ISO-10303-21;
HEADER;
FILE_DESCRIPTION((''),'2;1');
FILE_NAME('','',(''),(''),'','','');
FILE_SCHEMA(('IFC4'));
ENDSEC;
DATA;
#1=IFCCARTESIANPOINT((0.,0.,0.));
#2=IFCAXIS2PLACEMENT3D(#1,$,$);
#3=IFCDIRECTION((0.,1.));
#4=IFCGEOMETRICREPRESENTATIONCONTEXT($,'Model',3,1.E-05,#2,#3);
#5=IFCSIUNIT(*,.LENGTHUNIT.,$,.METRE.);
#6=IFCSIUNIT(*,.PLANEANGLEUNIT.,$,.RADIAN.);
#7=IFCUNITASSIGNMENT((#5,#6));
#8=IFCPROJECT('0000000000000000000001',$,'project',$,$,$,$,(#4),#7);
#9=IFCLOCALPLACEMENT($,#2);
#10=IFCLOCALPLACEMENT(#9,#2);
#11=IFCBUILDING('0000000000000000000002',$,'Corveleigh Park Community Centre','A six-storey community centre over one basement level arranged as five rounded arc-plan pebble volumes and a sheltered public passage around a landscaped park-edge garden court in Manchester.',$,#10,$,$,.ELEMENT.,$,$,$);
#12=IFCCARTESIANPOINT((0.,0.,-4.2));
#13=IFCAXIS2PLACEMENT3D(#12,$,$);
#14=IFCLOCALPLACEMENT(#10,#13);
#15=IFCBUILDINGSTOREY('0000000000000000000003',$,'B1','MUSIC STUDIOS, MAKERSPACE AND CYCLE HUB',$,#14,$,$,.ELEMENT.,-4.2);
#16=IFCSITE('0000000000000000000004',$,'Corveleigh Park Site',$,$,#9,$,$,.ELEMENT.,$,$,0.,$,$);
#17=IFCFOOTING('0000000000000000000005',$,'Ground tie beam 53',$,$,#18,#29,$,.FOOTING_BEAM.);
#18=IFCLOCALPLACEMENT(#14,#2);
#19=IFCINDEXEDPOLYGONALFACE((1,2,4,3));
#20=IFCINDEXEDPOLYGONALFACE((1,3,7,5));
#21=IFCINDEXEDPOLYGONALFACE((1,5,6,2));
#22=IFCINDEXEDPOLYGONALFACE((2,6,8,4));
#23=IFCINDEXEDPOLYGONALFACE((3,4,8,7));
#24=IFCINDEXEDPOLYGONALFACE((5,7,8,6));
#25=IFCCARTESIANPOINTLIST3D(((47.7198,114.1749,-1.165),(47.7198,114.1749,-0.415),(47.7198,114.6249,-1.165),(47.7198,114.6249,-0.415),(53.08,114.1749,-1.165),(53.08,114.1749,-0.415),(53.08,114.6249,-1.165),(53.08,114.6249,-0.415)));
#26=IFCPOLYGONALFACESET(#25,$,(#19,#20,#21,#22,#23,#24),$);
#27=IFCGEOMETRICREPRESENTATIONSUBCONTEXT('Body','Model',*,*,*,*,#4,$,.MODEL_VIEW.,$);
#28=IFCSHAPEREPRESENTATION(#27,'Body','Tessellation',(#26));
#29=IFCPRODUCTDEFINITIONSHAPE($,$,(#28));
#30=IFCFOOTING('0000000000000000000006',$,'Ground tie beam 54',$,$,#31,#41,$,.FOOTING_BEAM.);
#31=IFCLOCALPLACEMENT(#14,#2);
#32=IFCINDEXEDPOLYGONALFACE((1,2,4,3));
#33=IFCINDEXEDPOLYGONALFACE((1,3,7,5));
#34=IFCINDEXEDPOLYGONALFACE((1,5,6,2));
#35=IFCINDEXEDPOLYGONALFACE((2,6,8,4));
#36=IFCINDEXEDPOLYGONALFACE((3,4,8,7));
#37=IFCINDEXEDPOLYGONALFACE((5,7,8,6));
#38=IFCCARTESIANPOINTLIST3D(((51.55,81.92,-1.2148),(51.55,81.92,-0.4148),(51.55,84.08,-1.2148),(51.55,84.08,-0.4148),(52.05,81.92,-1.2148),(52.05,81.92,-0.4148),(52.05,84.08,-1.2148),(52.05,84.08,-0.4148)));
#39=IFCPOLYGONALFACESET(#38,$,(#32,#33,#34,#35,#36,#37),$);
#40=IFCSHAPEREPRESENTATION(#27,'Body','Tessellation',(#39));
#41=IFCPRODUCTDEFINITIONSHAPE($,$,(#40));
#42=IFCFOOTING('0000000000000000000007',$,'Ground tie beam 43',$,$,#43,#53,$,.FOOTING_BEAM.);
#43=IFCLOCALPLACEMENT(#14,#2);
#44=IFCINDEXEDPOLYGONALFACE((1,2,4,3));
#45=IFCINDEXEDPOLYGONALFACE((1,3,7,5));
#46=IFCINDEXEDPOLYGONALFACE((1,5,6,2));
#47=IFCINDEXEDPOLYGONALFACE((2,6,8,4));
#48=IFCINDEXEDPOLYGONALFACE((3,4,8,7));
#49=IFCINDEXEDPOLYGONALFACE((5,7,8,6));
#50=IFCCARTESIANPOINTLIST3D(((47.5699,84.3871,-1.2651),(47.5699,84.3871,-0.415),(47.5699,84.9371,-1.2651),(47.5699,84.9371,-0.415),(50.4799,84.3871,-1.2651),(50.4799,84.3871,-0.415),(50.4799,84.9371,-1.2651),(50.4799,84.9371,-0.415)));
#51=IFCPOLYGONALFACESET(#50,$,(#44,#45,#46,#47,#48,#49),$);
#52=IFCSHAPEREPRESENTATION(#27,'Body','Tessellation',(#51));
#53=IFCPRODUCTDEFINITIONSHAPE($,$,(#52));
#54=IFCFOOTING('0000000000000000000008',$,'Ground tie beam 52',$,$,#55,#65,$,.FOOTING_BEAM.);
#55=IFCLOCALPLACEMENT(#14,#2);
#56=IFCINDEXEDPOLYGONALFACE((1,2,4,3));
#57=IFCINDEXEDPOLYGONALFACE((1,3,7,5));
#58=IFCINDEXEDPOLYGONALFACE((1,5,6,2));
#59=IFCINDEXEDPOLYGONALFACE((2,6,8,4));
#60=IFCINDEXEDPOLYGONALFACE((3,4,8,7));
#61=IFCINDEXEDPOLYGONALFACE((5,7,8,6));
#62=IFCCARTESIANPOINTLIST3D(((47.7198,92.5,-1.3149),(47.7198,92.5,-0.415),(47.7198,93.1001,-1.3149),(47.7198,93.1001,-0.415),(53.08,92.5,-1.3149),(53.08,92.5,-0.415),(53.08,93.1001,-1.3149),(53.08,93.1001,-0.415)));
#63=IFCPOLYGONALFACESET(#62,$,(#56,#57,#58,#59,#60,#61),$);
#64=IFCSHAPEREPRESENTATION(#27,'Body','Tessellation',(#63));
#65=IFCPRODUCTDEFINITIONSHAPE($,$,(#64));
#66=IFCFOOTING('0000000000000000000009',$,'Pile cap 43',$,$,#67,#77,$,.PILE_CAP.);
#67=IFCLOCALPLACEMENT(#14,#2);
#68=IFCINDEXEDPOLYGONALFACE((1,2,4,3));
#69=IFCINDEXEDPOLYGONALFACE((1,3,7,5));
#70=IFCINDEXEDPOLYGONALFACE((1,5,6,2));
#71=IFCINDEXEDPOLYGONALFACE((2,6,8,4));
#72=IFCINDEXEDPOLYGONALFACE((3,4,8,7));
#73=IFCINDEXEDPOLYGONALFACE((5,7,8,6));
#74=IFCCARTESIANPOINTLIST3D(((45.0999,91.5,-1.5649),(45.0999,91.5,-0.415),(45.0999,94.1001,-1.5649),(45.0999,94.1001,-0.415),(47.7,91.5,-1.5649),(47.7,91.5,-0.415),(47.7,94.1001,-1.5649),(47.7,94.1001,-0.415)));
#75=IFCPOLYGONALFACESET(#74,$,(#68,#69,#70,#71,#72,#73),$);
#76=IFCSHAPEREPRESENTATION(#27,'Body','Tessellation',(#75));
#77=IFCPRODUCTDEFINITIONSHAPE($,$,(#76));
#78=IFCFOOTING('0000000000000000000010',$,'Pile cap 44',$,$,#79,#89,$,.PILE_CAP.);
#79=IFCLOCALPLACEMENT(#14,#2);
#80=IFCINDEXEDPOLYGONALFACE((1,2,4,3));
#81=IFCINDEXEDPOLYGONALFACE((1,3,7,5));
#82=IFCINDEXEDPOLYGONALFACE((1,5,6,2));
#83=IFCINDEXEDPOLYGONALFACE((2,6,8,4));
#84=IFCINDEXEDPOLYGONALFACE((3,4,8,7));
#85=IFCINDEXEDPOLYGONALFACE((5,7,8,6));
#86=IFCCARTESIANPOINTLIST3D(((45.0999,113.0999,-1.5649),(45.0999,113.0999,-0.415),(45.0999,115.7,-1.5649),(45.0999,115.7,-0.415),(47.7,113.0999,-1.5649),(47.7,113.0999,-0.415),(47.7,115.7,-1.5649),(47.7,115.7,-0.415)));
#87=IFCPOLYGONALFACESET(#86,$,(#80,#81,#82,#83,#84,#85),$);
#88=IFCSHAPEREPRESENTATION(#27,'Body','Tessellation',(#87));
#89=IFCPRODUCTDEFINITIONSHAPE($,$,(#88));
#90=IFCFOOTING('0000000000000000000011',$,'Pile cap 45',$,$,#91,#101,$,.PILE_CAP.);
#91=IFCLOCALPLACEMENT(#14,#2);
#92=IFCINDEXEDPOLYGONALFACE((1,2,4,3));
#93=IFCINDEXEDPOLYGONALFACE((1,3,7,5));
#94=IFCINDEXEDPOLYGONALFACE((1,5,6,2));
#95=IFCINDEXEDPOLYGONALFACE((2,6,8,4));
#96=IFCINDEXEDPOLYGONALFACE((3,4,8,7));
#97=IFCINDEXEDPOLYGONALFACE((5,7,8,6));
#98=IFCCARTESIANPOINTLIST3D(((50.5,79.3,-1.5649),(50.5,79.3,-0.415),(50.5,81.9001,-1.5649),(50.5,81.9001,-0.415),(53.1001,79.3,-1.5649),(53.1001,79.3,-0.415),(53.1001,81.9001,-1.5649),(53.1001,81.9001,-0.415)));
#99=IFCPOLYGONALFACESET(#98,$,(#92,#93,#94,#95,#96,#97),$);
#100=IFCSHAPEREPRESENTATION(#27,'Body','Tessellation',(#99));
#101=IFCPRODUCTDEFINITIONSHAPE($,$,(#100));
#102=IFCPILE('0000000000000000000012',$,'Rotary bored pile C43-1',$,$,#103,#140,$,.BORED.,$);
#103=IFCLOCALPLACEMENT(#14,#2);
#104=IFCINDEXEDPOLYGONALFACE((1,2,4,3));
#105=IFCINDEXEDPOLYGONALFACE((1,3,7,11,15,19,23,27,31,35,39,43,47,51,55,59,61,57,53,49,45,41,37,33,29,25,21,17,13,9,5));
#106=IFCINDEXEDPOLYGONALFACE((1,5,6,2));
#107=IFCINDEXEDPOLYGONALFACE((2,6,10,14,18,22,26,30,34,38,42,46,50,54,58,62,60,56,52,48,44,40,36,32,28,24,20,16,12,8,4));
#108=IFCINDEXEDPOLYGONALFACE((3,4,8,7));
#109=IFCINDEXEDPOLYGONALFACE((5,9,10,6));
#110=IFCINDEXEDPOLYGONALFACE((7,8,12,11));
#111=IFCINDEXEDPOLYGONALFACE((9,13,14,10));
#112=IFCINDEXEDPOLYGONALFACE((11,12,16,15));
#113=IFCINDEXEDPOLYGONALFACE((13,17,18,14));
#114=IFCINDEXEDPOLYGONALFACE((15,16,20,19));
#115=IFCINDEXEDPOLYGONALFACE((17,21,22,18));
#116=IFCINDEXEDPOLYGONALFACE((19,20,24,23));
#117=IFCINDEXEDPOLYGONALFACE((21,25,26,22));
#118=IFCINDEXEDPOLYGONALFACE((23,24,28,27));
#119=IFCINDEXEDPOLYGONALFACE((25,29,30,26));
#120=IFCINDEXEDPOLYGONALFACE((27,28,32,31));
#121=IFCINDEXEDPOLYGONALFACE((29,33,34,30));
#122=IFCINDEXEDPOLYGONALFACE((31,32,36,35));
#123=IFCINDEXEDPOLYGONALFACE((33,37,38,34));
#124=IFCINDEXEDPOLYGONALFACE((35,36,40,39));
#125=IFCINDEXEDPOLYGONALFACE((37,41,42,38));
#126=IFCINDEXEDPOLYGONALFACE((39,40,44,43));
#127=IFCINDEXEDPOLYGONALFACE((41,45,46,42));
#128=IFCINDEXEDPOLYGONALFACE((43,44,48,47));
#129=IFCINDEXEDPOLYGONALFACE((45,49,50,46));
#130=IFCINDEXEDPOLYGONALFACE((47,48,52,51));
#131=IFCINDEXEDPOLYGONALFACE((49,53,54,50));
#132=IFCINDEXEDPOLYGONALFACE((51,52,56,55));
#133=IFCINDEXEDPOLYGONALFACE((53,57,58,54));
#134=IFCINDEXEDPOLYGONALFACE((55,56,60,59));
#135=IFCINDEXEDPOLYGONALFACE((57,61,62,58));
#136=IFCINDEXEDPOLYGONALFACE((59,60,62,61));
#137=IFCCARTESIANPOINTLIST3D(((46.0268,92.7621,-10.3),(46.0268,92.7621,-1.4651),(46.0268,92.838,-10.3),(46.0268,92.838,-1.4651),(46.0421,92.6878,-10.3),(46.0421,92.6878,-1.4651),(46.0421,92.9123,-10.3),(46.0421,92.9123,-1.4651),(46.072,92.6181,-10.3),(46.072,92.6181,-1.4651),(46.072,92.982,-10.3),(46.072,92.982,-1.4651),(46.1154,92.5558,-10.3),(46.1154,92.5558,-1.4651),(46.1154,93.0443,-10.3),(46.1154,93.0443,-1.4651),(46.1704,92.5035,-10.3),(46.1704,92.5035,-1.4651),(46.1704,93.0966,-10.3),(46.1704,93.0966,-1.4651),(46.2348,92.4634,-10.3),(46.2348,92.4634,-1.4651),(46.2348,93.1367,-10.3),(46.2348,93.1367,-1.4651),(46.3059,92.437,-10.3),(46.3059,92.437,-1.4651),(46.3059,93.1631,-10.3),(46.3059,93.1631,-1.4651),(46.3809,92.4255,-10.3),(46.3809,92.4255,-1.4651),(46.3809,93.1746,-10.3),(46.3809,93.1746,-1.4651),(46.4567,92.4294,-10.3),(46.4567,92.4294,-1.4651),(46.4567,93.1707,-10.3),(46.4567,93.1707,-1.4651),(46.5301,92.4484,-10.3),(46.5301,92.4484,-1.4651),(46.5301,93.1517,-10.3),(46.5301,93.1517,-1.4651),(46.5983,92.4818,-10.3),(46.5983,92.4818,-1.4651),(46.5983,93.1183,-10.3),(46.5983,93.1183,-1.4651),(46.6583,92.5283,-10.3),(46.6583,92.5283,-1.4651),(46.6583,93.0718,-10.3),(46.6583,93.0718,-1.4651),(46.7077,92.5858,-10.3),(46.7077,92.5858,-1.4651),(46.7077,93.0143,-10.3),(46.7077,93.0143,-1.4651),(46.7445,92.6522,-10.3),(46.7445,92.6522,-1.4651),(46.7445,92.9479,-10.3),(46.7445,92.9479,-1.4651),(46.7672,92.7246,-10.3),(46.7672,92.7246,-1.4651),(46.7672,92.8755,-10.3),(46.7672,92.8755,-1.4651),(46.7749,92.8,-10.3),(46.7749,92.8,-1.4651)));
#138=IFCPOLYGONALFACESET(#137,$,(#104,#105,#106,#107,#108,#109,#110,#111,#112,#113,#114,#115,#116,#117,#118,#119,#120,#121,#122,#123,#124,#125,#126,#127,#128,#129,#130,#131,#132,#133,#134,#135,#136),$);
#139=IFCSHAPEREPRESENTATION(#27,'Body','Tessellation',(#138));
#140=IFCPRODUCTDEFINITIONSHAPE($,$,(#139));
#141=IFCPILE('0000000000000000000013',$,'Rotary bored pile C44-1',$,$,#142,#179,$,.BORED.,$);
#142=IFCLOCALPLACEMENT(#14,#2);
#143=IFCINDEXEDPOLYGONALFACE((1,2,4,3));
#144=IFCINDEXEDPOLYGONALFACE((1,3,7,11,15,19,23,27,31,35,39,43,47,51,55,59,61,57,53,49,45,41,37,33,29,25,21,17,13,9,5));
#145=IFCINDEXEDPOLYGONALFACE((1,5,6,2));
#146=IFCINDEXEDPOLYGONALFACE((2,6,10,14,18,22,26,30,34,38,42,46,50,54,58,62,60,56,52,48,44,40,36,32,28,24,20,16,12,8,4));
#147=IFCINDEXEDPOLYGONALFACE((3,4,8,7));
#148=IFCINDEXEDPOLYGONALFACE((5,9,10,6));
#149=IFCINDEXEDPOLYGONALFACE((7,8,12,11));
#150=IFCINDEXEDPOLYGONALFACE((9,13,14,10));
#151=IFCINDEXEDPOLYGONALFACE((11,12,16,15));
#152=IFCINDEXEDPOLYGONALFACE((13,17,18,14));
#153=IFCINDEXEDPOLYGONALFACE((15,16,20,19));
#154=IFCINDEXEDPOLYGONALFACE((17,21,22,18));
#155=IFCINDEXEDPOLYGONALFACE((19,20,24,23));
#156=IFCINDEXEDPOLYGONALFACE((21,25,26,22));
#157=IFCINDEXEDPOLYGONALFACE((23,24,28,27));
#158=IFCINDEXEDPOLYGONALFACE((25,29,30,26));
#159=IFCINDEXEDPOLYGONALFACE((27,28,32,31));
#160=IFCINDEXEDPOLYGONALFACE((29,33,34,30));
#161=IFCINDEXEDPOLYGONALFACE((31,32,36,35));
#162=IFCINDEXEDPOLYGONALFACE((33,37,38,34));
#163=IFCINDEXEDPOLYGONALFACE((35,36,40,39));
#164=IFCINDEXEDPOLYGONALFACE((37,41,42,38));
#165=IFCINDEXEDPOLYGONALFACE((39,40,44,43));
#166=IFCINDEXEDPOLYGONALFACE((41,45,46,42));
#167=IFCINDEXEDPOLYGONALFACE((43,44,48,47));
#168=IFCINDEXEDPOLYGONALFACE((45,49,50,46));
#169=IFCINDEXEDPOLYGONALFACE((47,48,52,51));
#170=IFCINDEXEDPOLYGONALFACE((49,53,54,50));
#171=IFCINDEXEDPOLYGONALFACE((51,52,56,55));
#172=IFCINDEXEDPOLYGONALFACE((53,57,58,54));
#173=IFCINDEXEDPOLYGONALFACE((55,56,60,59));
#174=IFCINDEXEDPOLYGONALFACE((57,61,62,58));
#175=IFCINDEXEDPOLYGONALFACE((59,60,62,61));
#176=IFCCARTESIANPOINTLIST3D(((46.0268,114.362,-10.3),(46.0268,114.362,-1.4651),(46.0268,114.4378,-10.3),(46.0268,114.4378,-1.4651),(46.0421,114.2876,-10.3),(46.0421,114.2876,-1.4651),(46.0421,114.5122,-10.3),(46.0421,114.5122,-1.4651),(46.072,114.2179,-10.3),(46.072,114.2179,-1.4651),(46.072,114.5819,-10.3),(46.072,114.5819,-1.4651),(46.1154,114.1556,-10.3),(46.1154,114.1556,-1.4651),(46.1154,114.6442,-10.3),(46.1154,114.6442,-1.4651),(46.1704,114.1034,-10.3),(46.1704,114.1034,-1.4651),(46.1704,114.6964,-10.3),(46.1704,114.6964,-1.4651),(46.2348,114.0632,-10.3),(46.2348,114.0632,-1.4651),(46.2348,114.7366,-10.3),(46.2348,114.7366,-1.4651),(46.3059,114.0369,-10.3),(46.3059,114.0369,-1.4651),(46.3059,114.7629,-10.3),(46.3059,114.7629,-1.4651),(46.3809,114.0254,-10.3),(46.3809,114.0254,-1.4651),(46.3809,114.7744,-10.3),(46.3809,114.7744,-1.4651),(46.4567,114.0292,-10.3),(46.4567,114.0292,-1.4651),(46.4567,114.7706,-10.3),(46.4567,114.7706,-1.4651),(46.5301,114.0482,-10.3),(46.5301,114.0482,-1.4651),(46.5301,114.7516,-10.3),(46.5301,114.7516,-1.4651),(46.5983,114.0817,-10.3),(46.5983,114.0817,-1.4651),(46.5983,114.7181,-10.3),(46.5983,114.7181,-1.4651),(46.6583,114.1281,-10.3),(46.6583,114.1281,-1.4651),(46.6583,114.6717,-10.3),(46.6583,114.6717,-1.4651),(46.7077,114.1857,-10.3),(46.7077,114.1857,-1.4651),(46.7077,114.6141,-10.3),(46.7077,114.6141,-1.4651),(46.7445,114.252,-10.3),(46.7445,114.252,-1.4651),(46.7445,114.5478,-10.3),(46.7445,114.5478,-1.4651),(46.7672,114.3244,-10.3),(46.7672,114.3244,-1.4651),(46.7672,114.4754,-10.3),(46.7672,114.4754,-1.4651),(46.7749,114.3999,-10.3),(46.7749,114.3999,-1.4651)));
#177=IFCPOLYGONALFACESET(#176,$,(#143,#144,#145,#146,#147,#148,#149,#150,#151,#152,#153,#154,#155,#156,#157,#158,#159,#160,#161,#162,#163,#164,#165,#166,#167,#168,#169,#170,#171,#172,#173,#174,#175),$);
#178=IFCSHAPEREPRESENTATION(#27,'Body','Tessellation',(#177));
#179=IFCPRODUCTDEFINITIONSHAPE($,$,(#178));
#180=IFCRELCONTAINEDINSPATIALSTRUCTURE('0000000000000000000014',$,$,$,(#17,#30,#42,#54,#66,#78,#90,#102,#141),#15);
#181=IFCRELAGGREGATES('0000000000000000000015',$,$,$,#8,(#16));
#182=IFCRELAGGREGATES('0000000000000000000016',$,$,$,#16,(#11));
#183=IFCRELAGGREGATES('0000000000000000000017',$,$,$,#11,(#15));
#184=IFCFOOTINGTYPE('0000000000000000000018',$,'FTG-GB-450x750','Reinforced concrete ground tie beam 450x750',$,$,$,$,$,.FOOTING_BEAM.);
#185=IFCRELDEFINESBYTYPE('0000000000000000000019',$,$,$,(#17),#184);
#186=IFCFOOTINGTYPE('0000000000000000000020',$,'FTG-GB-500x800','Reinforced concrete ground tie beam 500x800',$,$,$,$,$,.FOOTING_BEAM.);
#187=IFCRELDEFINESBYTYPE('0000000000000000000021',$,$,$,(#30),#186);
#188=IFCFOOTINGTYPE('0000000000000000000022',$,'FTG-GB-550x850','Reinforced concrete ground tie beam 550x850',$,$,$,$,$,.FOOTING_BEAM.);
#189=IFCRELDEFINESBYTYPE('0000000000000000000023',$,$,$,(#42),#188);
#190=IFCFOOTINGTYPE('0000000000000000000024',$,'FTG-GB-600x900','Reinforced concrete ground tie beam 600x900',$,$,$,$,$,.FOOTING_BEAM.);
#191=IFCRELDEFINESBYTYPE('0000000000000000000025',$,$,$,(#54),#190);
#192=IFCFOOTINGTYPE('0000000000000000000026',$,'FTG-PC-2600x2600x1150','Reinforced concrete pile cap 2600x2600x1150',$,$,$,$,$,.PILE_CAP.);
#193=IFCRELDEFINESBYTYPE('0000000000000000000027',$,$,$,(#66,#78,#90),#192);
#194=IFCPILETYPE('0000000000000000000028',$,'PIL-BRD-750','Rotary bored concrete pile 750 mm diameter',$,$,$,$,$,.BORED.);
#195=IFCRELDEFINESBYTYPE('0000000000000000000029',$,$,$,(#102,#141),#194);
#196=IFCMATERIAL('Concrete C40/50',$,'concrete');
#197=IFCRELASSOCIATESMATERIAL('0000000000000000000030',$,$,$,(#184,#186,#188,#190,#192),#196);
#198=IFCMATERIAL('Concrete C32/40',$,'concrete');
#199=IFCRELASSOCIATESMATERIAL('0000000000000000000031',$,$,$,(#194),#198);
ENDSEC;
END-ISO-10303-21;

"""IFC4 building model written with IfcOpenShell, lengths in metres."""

from ifc_helpers import new_model, si_unit, direction, frame, origin, origin_2d, place, context, subcontext, project, spatial, rectangle, circle, extrude, material, material_profile, profile_set, type_object, element, save


model = new_model("IFC4")

# Units and contexts
model_context = context("Model", 3, precision=1e-05, world=origin(), true_north=direction((0.0, 1.0)))
body_context = subcontext(model_context, "Body", "Model", "MODEL_VIEW")
ifc_project = project(units=[si_unit("LENGTHUNIT", "METRE"), si_unit("PLANEANGLEUNIT", "RADIAN")], contexts=[model_context])

# Site, building, storey
site_placement = place(None, origin())
site = spatial("IfcSite", under=ifc_project, at=site_placement, Name="Corveleigh Park Site", CompositionType="ELEMENT", RefElevation=0.0)
building_placement = place(site_placement, origin())
building = spatial("IfcBuilding", under=site, at=building_placement, Name="Corveleigh Park Community Centre", Description="A six-storey community centre over one basement level arranged as five rounded arc-plan pebble volumes and a sheltered public passage around a landscaped park-edge garden court in Manchester.", CompositionType="ELEMENT")
storey_placement = place(building_placement, frame((0.0, 0.0, -4.2)))
storey = spatial("IfcBuildingStorey", under=building, at=storey_placement, Name="B1", Description="MUSIC STUDIOS, MAKERSPACE AND CYCLE HUB", CompositionType="ELEMENT", Elevation=-4.2)

# Footings
ifc_material_1 = material(Name="Concrete C40/50", Category="concrete")
footing_type_1 = type_object("IfcFootingType", Name="FTG-GB-450x750", Description="Reinforced concrete ground tie beam 450x750", PredefinedType="FOOTING_BEAM", material=ifc_material_1)
footing_1_placement = place(storey_placement, frame((50.3999, 114.3999, -1.165), z_axis=(0.0, 0.0, 1.0), x_axis=(1.0, 0.0, 0.0)))
element("IfcFooting", 1, at=footing_1_placement, inside=storey, type_object=footing_type_1, Name="Ground tie beam 53", PredefinedType="FOOTING_BEAM", context=body_context, shape_type="SweptSolid", body=[
    extrude(rectangle(XDim=5.3601, YDim=0.45, at=origin_2d()), origin(), (0.0, 0.0, 1.0), 0.75),
])
footing_type_2 = type_object("IfcFootingType", Name="FTG-GB-500x800", Description="Reinforced concrete ground tie beam 500x800", PredefinedType="FOOTING_BEAM", material=ifc_material_1)
footing_2_placement = place(storey_placement, frame((51.8, 83.0, -1.2148), z_axis=(0.0, 0.0, 1.0), x_axis=(1.0, 0.0, 0.0)))
element("IfcFooting", 2, at=footing_2_placement, inside=storey, type_object=footing_type_2, Name="Ground tie beam 54", PredefinedType="FOOTING_BEAM", context=body_context, shape_type="SweptSolid", body=[
    extrude(rectangle(XDim=0.5, YDim=2.1599, at=origin_2d()), origin(), (0.0, 0.0, 1.0), 0.8),
])
footing_type_3 = type_object("IfcFootingType", Name="FTG-GB-550x850", Description="Reinforced concrete ground tie beam 550x850", PredefinedType="FOOTING_BEAM", material=ifc_material_1)
footing_3_placement = place(storey_placement, frame((49.0249, 84.6621, -1.2651), z_axis=(0.0, 0.0, 1.0), x_axis=(1.0, 0.0, 0.0)))
element("IfcFooting", 3, at=footing_3_placement, inside=storey, type_object=footing_type_3, Name="Ground tie beam 43", PredefinedType="FOOTING_BEAM", context=body_context, shape_type="SweptSolid", body=[
    extrude(rectangle(XDim=2.9099, YDim=0.55, at=origin_2d()), origin(), (0.0, 0.0, 1.0), 0.8501),
])
footing_type_4 = type_object("IfcFootingType", Name="FTG-GB-600x900", Description="Reinforced concrete ground tie beam 600x900", PredefinedType="FOOTING_BEAM", material=ifc_material_1)
footing_4_placement = place(storey_placement, frame((50.3999, 92.8, -1.3149), z_axis=(0.0, 0.0, 1.0), x_axis=(1.0, 0.0, 0.0)))
element("IfcFooting", 4, at=footing_4_placement, inside=storey, type_object=footing_type_4, Name="Ground tie beam 52", PredefinedType="FOOTING_BEAM", context=body_context, shape_type="SweptSolid", body=[
    extrude(rectangle(XDim=5.3601, YDim=0.6001, at=origin_2d()), origin(), (0.0, 0.0, 1.0), 0.8999),
])
footing_type_5 = type_object("IfcFootingType", Name="FTG-PC-2600x2600x1150", Description="Reinforced concrete pile cap 2600x2600x1150", PredefinedType="PILE_CAP", material=ifc_material_1)
for number, where, z_axis, x_axis, name in (
    (5, (46.3999, 92.8, -1.5649), (0.0, 0.0, 1.0), (1.0, 0.0, 0.0), "Pile cap 43"),
    (6, (46.3999, 114.3999, -1.5649), (0.0, 0.0, 1.0), (1.0, 0.0, 0.0), "Pile cap 44"),
    (7, (51.8, 80.6001, -1.5649), (0.0, 0.0, 1.0), (1.0, 0.0, 0.0), "Pile cap 45"),
):
    element("IfcFooting", number, at=place(storey_placement, frame(where, z_axis=z_axis, x_axis=x_axis)), inside=storey, type_object=footing_type_5, Name=name, PredefinedType="PILE_CAP", context=body_context, shape_type="SweptSolid", body=[
        extrude(rectangle(XDim=2.6001, YDim=2.6001, at=origin_2d()), origin(), (0.0, 0.0, 1.0), 1.1499),
    ])

# Piles
ifc_material_2 = material(Name="Concrete C32/40", Category="concrete")
ifc_material_profile_1 = material_profile(ifc_material_2, circle(Radius=0.375, at=origin_2d()), Name="BORED-PILE-750", Category="concrete")
ifc_profile_set_1 = profile_set([ifc_material_profile_1], Name="Concrete C32/40")
pile_type_1 = type_object("IfcPileType", Name="PIL-BRD-750", Description="Rotary bored concrete pile 750 mm diameter", PredefinedType="BORED", material=ifc_profile_set_1)
for number, where, z_axis, x_axis, name in (
    (8, (46.3999, 92.8, -1.4651), (0.0, 0.0, -1.0), (1.0, 0.0, 0.0), "Rotary bored pile C43-1"),
    (9, (46.3999, 114.3999, -1.4651), (0.0, 0.0, -1.0), (1.0, 0.0, 0.0), "Rotary bored pile C44-1"),
):
    element("IfcPile", number, at=place(storey_placement, frame(where, z_axis=z_axis, x_axis=x_axis)), inside=storey, type_object=pile_type_1, Name=name, PredefinedType="BORED", context=body_context, shape_type="SweptSolid", body=[
        extrude(circle(Radius=0.375, at=origin_2d()), origin(), (0.0, 0.0, 1.0), 8.835),
    ])

save(model, "model.ifc")
